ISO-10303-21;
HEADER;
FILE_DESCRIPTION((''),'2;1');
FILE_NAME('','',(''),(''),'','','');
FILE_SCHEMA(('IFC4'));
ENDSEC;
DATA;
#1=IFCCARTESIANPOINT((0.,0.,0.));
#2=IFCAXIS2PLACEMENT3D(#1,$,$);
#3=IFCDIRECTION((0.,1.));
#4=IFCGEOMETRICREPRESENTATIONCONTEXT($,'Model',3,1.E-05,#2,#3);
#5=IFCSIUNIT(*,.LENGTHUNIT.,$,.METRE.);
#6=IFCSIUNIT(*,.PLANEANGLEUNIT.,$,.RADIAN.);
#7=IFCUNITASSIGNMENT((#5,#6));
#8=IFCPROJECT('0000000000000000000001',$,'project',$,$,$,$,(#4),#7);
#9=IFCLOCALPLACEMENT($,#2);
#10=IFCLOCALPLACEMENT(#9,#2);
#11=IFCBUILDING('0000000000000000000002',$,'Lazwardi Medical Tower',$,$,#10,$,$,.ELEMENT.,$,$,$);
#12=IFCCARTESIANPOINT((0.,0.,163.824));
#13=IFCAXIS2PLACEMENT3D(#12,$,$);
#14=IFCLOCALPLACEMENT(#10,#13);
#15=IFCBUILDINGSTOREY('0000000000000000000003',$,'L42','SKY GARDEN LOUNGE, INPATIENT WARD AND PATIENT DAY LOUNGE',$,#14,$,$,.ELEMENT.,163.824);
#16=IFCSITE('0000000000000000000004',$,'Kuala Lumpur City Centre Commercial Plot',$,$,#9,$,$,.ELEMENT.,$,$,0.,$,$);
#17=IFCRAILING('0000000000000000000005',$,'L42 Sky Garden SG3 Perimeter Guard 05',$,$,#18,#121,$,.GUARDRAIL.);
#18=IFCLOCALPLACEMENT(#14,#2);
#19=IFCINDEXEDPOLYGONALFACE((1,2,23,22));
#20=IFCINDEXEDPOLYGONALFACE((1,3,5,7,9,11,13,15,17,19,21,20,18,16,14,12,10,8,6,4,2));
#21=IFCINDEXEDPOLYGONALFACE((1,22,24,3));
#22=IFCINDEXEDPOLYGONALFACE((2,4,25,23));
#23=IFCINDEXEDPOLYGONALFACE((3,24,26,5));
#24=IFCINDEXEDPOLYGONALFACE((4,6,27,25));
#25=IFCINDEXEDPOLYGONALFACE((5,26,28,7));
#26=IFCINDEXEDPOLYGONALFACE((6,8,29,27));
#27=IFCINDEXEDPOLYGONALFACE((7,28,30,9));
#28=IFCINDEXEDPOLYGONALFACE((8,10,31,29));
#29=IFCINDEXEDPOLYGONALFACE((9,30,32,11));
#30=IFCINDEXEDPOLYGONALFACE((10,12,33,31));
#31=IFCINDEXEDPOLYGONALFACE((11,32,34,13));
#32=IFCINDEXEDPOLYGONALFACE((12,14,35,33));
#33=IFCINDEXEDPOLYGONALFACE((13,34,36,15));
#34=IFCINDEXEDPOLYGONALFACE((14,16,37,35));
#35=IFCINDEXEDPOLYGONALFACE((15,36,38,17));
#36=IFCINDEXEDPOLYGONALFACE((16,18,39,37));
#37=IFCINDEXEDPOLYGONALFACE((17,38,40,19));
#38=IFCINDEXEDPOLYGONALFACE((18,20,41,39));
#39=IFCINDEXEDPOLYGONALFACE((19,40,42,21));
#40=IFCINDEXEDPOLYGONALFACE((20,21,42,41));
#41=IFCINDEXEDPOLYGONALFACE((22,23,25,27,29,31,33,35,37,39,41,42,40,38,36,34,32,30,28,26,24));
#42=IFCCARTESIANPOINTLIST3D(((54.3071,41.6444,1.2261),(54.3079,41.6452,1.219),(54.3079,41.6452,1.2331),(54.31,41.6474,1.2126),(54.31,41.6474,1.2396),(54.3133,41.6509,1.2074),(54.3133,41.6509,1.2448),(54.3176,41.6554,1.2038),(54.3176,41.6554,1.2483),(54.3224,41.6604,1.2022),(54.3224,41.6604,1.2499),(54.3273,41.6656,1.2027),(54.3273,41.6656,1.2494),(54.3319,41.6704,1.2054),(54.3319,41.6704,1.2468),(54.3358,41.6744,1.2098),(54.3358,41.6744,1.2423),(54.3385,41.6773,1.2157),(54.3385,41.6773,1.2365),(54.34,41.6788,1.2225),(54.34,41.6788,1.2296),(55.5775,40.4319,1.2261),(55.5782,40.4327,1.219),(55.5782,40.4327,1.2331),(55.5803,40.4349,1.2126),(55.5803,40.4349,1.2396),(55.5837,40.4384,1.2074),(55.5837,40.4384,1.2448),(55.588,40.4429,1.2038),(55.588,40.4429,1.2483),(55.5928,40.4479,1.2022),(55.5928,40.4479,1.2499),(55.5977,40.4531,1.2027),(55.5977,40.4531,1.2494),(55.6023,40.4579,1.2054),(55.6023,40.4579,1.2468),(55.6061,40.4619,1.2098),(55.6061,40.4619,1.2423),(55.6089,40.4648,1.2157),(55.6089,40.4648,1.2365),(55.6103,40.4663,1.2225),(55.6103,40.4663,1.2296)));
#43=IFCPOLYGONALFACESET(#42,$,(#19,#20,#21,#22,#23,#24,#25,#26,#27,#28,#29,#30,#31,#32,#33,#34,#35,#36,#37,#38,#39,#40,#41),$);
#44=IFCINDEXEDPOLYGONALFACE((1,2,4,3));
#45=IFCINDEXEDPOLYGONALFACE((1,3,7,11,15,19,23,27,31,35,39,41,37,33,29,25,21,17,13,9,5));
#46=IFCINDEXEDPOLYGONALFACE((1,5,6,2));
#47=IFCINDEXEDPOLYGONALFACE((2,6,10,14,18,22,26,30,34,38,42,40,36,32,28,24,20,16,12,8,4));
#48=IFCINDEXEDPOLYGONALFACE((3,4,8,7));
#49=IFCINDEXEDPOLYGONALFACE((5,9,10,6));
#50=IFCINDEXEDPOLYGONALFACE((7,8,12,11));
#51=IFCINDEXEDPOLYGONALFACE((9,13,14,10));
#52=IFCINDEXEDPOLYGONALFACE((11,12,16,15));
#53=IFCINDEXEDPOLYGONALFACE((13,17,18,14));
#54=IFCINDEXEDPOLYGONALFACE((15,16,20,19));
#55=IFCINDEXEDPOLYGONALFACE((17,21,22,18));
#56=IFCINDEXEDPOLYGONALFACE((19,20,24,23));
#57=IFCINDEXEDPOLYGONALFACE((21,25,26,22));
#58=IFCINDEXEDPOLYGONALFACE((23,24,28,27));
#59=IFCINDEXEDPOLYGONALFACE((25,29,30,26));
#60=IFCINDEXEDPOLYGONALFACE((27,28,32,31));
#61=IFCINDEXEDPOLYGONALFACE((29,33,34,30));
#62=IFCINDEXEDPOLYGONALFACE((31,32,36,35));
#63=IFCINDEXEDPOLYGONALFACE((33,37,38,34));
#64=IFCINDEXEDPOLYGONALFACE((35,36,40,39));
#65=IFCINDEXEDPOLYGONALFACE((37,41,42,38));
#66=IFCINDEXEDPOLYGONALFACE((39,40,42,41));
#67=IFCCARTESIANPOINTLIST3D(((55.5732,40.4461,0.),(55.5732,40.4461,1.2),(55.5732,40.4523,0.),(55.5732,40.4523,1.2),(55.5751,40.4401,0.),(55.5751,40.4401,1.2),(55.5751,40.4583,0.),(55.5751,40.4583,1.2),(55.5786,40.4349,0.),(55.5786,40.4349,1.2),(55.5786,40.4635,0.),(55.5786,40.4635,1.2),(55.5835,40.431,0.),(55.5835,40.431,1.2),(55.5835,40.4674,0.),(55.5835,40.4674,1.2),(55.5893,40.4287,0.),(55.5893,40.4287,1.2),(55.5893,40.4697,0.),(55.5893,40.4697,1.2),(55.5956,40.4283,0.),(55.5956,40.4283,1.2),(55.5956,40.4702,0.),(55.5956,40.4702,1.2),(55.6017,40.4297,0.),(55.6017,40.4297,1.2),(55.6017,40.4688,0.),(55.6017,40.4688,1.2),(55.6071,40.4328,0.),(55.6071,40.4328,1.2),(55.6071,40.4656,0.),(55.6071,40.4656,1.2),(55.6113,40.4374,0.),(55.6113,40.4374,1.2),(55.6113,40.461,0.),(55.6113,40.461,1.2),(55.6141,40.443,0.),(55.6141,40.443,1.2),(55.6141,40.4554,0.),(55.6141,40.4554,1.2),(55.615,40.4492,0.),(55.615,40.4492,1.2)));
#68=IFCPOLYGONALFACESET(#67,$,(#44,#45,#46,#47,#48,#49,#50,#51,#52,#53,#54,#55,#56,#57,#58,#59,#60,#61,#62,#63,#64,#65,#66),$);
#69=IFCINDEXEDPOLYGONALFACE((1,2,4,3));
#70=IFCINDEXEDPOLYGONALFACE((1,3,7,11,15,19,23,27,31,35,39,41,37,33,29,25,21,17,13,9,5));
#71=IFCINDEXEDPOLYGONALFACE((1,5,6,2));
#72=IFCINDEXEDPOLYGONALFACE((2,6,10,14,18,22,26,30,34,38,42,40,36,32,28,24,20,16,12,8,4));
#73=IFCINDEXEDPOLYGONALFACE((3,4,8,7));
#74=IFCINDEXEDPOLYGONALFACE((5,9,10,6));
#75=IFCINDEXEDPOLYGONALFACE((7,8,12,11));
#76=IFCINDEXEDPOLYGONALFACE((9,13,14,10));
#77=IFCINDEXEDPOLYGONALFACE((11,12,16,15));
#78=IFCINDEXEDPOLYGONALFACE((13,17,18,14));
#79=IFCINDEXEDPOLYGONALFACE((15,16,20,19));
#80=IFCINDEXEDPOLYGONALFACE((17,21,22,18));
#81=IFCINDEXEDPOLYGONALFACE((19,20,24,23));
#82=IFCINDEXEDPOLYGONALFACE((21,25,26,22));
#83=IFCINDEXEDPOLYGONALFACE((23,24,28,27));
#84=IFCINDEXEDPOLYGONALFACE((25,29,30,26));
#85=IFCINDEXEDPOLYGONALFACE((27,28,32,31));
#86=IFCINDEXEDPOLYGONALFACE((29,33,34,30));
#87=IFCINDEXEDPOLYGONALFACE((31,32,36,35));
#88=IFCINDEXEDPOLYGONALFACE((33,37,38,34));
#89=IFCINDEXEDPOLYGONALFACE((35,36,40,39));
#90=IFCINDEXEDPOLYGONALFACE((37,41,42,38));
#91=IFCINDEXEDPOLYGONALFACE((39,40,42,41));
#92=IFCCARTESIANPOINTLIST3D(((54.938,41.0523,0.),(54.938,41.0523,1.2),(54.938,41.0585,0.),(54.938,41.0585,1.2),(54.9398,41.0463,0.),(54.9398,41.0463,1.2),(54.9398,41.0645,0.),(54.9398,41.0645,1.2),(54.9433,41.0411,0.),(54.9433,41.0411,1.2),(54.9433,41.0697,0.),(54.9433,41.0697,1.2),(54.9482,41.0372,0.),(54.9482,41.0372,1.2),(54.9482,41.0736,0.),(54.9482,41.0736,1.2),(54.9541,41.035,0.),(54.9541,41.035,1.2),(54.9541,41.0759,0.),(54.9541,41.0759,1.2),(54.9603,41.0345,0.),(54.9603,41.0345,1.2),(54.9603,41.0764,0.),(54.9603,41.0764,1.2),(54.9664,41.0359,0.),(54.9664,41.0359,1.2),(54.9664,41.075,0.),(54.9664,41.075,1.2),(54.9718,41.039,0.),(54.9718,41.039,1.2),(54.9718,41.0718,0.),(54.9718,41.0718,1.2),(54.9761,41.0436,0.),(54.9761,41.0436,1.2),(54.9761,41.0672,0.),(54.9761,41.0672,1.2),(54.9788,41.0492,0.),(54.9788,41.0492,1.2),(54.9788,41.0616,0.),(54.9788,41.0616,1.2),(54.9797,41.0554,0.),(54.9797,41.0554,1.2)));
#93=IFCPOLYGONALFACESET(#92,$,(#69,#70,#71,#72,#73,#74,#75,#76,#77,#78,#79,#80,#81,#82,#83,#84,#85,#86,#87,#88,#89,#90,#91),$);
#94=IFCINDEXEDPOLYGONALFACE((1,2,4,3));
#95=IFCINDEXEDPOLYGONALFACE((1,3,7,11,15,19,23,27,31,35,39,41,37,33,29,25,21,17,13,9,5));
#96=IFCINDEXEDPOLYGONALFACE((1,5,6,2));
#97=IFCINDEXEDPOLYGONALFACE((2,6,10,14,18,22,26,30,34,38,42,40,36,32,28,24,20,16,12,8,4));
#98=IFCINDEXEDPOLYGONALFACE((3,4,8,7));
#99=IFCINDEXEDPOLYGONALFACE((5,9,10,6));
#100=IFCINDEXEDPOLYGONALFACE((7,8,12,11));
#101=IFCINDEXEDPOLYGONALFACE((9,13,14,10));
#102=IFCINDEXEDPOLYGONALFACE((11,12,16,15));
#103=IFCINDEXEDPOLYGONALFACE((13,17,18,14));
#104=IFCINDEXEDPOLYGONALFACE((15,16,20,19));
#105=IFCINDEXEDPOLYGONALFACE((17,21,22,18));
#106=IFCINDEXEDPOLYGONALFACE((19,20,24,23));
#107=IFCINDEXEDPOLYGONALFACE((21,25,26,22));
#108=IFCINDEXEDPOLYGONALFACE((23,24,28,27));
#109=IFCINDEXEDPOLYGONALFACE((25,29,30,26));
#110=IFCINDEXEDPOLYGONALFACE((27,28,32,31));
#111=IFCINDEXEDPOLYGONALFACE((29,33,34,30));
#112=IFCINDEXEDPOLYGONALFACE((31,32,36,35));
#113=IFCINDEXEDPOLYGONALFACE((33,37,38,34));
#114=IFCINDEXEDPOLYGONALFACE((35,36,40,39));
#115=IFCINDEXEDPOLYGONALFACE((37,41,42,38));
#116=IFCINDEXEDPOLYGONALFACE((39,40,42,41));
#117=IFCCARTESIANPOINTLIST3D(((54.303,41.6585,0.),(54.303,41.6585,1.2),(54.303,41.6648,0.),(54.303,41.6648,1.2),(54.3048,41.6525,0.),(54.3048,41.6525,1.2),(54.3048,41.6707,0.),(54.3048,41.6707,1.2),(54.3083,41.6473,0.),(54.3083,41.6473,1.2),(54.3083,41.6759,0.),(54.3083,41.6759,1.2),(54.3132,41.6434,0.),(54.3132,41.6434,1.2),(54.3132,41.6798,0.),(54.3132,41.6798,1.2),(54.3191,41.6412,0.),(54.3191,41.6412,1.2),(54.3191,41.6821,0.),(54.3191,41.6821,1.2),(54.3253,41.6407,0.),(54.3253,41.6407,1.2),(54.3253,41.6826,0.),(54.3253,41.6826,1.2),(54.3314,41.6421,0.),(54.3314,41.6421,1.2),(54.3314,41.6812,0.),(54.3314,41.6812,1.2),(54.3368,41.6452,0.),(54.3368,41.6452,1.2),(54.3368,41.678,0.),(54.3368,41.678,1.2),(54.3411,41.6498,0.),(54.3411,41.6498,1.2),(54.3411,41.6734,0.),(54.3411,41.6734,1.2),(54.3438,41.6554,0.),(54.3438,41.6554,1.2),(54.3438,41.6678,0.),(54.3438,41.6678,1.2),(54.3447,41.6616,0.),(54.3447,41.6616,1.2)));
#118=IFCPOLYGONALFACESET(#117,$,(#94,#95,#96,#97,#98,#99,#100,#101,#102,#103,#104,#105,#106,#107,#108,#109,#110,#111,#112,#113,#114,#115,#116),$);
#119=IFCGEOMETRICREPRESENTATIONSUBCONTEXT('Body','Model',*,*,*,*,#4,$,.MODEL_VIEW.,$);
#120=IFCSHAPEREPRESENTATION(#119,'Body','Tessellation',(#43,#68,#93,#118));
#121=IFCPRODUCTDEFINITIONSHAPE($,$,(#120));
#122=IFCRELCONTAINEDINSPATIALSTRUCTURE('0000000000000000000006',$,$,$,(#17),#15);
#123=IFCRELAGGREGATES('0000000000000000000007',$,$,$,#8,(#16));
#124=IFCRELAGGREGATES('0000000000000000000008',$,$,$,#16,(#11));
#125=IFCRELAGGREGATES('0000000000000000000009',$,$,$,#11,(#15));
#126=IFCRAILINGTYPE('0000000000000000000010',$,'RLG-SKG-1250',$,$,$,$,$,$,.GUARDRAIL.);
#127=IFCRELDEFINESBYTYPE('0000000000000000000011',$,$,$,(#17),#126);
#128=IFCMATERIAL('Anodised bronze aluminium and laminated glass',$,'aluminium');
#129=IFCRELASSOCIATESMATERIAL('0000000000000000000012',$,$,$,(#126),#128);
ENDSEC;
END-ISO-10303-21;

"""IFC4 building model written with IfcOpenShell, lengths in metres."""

from ifc_helpers import new_model, si_unit, direction, frame, origin, origin_2d, place, context, subcontext, project, spatial, circle, extrude, material, type_object, element, save


model = new_model("IFC4")

# Units and contexts
model_context = context("Model", 3, precision=1e-05, world=origin(), true_north=direction((0.0, 1.0)))
body_context = subcontext(model_context, "Body", "Model", "MODEL_VIEW")
ifc_project = project(units=[si_unit("LENGTHUNIT", "METRE"), si_unit("PLANEANGLEUNIT", "RADIAN")], contexts=[model_context])

# Site, building, storey
site_placement = place(None, origin())
site = spatial("IfcSite", under=ifc_project, at=site_placement, Name="Kuala Lumpur City Centre Commercial Plot", CompositionType="ELEMENT", RefElevation=0.0)
building_placement = place(site_placement, origin())
building = spatial("IfcBuilding", under=site, at=building_placement, Name="Lazwardi Medical Tower", CompositionType="ELEMENT")
storey_placement = place(building_placement, frame((0.0, 0.0, 163.824)))
storey = spatial("IfcBuildingStorey", under=building, at=storey_placement, Name="L42", Description="SKY GARDEN LOUNGE, INPATIENT WARD AND PATIENT DAY LOUNGE", CompositionType="ELEMENT", Elevation=163.824)

# Railing
ifc_material_1 = material(Name="Anodised bronze aluminium and laminated glass", Category="aluminium")
railing_type = type_object("IfcRailingType", Name="RLG-SKG-1250", PredefinedType="GUARDRAIL", material=ifc_material_1)
railing_1_placement = place(storey_placement, frame((55.594, 40.4492, 0.0)))
element("IfcRailing", 1, at=railing_1_placement, inside=storey, type_object=railing_type, Name="L42 Sky Garden SG3 Perimeter Guard 05", PredefinedType="GUARDRAIL", context=body_context, shape_type="SweptSolid", body=[
    extrude(circle(Radius=0.0239, at=origin_2d()), frame((0.0, 0.0, 1.2261), z_axis=(-0.72339, 0.690439, 0.0), x_axis=(-0.690439, -0.72339, 0.0)), (0.0, 0.0, 1.0), 1.7561),
    extrude(circle(Radius=0.021, at=origin_2d()), origin(), (0.0, 0.0, 1.0), 1.2),
    extrude(circle(Radius=0.021, at=origin_2d()), frame((-0.6353, 0.6062, 0.0)), (0.0, 0.0, 1.0), 1.2),
    extrude(circle(Radius=0.021, at=origin_2d()), frame((-1.2703, 1.2124, 0.0)), (0.0, 0.0, 1.0), 1.2),
])

save(model, "model.ifc")
